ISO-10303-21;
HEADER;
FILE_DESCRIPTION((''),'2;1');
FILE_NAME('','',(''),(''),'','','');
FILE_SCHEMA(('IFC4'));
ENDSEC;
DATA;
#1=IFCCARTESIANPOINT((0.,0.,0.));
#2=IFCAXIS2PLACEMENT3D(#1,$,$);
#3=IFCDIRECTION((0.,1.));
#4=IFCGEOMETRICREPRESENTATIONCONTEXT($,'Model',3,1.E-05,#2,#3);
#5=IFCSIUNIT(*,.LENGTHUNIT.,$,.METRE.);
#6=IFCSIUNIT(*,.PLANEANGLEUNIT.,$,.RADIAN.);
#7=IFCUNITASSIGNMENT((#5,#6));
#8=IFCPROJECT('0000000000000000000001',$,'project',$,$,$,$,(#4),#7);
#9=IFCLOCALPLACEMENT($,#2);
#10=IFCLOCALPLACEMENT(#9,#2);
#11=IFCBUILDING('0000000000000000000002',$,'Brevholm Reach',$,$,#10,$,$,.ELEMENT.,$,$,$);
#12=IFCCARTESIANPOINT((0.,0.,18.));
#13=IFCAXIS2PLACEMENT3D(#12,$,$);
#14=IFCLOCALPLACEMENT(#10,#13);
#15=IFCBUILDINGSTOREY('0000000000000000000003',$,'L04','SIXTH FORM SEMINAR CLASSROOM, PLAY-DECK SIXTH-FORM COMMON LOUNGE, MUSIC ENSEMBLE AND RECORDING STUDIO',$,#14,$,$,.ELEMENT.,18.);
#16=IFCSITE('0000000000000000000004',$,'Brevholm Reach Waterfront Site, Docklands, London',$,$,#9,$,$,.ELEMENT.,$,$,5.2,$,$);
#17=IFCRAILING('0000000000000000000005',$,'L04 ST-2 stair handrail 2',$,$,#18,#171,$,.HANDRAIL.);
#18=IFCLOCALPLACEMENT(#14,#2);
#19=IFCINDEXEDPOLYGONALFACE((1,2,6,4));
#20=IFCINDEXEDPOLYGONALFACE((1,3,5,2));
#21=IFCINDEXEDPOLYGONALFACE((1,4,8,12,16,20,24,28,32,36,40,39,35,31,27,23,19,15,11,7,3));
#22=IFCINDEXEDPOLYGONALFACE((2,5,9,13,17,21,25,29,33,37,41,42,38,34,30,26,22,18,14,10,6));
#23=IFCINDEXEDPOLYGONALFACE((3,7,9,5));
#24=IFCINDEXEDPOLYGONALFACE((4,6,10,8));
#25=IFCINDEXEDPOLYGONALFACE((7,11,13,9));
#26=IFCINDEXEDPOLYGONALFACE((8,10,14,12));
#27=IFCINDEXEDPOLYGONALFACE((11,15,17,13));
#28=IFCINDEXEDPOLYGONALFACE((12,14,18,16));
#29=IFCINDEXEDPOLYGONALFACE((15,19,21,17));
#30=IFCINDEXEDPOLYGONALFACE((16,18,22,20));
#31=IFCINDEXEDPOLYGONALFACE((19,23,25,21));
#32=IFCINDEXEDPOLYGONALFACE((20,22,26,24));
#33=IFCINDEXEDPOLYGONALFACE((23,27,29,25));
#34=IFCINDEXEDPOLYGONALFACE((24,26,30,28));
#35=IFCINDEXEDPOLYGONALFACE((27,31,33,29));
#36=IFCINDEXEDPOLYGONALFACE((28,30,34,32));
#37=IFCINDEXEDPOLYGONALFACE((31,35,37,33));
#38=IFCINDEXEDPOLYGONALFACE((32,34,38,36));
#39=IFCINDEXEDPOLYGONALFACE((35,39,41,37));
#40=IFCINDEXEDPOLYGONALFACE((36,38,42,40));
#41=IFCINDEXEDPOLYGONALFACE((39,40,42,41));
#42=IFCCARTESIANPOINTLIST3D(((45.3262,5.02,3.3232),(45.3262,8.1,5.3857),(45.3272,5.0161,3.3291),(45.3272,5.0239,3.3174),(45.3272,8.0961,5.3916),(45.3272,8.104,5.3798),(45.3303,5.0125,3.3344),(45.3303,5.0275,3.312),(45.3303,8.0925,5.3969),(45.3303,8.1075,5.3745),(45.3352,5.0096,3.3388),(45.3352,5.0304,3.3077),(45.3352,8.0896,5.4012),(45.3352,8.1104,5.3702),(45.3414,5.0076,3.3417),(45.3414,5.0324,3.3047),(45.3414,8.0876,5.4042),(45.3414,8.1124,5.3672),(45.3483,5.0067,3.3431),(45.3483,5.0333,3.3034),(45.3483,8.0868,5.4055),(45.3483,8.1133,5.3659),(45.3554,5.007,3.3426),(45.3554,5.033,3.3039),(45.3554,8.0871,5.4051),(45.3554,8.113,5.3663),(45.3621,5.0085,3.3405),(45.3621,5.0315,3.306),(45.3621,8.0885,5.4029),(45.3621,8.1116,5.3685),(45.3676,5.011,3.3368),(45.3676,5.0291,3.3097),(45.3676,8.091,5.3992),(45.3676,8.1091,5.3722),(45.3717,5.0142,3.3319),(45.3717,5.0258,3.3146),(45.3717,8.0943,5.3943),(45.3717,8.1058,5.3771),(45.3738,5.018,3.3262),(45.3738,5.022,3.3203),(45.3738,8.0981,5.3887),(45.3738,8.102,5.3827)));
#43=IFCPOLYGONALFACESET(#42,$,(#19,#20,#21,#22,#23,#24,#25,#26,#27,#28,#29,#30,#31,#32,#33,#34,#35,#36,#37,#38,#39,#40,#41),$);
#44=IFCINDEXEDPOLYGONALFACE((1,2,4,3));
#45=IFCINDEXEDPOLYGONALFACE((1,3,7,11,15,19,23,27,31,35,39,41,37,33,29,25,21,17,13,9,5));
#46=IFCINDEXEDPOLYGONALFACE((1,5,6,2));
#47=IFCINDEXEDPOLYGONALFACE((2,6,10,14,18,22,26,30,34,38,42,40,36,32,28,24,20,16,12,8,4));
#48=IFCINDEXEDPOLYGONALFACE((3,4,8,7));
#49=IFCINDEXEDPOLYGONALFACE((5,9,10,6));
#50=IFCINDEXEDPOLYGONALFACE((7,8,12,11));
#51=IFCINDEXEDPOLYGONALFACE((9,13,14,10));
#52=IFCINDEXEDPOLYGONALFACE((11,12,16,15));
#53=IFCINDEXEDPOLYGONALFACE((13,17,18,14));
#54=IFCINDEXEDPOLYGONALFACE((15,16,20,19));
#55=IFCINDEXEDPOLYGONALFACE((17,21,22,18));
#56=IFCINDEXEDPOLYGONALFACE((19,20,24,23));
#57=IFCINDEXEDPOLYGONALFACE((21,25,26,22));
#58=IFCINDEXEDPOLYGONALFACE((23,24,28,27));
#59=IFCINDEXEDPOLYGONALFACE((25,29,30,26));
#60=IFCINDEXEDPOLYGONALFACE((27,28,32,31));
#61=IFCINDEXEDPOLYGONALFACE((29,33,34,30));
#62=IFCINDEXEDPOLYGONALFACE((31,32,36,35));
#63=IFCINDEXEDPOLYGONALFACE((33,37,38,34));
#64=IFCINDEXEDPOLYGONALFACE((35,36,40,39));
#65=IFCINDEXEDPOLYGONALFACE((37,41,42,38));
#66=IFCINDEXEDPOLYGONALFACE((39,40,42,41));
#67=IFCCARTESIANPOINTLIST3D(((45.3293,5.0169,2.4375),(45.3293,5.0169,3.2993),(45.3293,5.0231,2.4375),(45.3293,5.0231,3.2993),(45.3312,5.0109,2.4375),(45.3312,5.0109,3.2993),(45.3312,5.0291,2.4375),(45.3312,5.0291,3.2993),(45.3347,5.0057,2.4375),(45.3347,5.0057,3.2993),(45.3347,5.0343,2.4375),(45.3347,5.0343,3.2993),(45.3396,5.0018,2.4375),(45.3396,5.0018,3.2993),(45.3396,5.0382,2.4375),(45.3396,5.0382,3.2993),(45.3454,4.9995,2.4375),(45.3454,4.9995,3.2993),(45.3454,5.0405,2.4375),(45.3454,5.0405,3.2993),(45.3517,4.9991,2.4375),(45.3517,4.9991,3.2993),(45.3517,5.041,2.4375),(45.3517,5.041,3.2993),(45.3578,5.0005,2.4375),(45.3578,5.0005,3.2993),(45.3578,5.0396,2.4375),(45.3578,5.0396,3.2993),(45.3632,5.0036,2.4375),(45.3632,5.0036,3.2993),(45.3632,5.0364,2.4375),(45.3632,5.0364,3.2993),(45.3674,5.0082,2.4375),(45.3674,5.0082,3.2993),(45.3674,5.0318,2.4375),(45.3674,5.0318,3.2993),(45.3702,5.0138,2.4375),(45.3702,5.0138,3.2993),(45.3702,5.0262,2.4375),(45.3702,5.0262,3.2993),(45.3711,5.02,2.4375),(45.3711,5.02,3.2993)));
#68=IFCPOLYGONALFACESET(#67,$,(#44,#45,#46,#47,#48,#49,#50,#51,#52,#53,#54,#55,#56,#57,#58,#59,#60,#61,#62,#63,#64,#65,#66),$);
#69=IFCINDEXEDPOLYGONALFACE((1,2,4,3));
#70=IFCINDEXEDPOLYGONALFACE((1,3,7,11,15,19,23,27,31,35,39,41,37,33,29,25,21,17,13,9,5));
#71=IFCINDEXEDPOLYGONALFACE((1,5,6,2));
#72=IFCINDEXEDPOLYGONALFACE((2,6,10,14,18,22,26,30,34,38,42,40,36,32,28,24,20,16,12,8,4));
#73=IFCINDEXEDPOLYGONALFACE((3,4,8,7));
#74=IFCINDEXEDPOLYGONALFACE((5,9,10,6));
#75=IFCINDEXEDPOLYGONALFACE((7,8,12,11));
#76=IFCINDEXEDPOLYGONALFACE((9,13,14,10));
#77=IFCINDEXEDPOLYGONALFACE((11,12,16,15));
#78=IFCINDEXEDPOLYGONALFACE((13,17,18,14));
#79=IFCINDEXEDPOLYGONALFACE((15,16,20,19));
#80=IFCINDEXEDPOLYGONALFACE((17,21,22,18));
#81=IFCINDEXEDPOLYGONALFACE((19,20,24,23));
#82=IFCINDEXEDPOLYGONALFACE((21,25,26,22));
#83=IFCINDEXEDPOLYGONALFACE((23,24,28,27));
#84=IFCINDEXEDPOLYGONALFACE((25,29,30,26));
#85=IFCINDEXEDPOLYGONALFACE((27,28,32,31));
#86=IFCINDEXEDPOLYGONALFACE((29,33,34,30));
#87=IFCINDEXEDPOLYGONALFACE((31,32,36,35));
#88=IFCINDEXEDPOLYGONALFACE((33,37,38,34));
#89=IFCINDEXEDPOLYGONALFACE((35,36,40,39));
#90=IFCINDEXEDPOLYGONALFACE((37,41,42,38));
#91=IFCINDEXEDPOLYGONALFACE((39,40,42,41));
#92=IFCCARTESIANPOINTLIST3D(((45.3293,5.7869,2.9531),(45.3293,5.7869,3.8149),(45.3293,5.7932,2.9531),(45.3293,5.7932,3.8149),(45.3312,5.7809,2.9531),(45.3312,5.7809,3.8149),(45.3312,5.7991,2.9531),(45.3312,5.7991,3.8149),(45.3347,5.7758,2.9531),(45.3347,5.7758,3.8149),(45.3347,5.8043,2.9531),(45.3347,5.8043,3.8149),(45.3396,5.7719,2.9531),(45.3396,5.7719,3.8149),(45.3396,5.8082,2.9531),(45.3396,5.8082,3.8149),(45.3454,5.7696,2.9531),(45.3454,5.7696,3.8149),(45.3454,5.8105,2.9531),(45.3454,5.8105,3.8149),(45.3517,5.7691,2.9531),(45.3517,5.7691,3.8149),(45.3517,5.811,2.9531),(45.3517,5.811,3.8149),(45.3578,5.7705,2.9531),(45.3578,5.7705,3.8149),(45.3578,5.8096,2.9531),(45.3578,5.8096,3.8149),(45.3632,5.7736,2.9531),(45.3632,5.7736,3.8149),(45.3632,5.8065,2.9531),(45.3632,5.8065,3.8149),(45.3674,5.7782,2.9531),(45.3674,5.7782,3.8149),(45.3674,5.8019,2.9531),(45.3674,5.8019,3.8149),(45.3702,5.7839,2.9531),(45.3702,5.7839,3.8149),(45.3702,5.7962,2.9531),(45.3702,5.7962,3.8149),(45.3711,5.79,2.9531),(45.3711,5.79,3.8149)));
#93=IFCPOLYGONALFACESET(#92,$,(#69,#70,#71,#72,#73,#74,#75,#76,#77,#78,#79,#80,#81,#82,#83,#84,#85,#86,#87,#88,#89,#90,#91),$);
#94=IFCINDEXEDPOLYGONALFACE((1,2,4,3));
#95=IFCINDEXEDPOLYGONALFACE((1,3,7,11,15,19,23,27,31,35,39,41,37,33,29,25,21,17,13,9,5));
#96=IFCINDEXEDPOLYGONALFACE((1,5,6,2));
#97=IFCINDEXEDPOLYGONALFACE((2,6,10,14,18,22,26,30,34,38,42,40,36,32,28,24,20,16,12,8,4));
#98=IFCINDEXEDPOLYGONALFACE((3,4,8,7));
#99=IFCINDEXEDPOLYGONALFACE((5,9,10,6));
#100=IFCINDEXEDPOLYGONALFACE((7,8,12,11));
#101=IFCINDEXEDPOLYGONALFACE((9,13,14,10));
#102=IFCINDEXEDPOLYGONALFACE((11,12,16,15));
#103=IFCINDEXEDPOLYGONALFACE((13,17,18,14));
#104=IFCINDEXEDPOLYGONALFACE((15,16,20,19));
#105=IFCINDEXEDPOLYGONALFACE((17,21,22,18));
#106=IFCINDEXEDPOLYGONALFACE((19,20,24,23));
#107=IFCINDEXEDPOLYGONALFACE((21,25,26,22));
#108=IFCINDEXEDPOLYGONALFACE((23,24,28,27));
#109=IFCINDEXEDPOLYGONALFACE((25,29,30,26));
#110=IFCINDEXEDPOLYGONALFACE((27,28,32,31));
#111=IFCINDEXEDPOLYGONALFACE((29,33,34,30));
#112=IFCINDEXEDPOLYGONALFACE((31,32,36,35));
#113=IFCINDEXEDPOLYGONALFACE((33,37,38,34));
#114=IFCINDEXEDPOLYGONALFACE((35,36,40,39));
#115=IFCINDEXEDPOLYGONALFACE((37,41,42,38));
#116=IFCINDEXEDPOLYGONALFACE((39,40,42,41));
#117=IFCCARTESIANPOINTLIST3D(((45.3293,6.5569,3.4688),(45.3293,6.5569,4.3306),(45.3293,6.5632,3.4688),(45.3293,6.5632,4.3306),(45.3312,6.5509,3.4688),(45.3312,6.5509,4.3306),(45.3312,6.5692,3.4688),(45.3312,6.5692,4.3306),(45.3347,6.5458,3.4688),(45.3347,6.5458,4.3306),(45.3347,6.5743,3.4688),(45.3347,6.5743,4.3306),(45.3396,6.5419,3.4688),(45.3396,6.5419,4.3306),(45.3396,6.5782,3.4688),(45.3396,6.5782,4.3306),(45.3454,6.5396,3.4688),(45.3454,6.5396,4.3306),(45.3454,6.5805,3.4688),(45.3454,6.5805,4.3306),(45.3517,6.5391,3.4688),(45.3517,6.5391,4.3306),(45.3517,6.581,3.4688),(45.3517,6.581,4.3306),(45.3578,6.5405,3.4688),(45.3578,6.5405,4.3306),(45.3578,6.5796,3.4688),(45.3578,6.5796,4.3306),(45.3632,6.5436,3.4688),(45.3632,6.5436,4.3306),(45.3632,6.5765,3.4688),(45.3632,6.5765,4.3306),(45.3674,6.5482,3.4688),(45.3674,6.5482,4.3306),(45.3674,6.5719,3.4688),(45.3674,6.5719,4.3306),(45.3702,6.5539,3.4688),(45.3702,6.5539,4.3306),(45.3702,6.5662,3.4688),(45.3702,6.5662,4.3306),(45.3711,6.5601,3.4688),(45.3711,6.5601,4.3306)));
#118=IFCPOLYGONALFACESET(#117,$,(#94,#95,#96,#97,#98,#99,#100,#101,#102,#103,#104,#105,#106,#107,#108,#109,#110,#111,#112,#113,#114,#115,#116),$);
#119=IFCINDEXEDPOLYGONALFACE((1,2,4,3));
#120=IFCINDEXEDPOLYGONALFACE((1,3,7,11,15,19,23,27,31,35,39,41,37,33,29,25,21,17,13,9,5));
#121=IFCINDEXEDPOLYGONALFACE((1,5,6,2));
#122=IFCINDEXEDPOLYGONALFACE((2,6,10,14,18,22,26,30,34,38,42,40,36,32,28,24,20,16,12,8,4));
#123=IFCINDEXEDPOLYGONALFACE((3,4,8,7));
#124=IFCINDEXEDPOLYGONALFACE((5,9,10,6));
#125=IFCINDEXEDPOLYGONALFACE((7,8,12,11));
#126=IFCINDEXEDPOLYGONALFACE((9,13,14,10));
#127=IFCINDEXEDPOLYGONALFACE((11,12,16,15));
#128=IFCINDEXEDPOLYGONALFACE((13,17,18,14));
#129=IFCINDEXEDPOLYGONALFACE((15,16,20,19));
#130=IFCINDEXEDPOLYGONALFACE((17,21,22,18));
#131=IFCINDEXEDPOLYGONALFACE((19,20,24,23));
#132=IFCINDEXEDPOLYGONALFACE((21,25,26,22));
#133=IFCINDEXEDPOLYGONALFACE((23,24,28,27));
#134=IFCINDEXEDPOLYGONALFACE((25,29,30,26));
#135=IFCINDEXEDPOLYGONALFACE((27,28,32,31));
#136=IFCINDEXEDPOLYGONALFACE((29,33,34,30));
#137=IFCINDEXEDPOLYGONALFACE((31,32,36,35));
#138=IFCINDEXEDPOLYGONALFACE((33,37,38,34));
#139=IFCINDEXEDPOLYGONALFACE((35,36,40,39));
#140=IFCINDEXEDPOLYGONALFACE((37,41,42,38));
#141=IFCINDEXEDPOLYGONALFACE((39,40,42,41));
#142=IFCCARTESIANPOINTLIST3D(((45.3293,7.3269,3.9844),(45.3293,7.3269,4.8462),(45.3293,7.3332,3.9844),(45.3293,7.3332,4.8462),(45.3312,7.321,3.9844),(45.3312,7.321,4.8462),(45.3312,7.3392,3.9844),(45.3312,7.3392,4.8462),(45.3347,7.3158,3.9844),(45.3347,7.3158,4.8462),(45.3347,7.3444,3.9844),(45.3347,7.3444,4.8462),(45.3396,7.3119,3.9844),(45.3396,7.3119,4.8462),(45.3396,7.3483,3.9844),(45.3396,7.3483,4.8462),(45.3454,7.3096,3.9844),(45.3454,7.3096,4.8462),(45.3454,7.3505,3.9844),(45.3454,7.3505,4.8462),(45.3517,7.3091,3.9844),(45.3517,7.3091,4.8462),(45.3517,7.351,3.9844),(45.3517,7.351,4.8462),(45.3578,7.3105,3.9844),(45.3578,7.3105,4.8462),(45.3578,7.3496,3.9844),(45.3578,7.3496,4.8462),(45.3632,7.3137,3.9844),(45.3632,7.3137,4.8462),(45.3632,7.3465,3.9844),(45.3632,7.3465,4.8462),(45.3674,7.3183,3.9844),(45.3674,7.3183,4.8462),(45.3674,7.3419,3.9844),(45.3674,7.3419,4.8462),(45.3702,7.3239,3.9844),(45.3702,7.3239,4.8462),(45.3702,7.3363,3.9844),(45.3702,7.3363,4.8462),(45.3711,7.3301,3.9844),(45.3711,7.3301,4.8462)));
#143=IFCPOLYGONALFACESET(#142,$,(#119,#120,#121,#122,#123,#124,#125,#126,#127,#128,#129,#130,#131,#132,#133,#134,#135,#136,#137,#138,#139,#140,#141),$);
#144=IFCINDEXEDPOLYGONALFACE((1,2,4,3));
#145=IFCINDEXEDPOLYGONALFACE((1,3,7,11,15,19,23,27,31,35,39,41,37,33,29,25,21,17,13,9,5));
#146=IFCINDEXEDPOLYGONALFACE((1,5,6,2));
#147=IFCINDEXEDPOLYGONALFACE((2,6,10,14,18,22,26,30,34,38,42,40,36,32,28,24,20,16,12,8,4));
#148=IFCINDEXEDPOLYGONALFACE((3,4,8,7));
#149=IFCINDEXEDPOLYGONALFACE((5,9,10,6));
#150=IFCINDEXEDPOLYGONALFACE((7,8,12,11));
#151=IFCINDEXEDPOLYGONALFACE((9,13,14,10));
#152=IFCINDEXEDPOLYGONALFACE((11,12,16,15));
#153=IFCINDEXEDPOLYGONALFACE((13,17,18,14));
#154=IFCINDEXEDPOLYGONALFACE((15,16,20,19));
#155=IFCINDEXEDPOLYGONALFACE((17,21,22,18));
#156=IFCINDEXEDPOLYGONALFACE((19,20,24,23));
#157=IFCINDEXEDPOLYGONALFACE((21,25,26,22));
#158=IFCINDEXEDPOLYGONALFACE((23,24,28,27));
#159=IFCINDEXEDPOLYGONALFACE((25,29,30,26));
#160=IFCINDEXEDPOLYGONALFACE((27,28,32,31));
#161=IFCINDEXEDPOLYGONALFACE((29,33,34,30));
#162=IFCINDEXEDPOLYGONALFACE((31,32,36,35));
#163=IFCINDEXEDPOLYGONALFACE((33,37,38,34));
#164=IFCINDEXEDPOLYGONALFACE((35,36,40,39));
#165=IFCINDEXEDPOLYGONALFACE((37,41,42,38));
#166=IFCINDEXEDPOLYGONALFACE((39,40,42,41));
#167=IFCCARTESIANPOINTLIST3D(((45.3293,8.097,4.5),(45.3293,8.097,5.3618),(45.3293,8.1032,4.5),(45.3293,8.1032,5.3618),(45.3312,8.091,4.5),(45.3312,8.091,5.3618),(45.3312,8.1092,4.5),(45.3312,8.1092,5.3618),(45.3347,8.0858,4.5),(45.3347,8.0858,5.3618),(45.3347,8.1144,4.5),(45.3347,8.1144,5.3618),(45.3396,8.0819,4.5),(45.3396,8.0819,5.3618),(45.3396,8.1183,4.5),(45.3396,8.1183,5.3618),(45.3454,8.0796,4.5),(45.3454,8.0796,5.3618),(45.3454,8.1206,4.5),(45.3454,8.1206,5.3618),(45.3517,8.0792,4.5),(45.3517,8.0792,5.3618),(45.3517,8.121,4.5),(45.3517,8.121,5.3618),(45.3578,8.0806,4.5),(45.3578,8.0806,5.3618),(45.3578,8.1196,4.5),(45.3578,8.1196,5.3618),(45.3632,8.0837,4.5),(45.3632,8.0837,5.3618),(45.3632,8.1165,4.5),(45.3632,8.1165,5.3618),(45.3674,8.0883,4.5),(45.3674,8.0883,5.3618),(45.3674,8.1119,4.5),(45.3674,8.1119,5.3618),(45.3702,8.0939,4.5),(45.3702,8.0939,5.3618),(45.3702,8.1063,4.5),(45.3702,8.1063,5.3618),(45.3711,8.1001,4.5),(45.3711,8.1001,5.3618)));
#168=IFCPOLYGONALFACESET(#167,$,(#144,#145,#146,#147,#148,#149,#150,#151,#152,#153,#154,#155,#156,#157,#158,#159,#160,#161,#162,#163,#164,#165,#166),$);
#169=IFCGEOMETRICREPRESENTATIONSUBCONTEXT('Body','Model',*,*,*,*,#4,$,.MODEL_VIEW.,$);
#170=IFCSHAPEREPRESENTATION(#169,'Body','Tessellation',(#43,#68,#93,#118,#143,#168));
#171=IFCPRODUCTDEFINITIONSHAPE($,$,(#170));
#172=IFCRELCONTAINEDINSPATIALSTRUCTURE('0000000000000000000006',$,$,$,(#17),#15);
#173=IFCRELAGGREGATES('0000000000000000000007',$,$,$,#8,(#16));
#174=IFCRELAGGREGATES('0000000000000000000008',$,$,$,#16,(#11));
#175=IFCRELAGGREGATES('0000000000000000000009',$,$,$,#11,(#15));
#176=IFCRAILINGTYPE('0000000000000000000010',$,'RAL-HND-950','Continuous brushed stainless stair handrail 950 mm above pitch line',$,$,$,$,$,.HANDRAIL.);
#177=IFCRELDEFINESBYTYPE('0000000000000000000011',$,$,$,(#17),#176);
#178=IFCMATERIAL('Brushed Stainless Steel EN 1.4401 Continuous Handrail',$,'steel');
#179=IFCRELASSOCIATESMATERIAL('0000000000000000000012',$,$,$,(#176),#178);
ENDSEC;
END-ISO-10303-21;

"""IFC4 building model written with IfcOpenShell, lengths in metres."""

from ifc_helpers import new_model, si_unit, direction, frame, origin, origin_2d, place, context, subcontext, project, spatial, circle, extrude, material, type_object, element, save


model = new_model("IFC4")

# Units and contexts
model_context = context("Model", 3, precision=1e-05, world=origin(), true_north=direction((0.0, 1.0)))
body_context = subcontext(model_context, "Body", "Model", "MODEL_VIEW")
ifc_project = project(units=[si_unit("LENGTHUNIT", "METRE"), si_unit("PLANEANGLEUNIT", "RADIAN")], contexts=[model_context])

# Site, building, storey
site_placement = place(None, origin())
site = spatial("IfcSite", under=ifc_project, at=site_placement, Name="Brevholm Reach Waterfront Site, Docklands, London", CompositionType="ELEMENT", RefElevation=5.2)
building_placement = place(site_placement, origin())
building = spatial("IfcBuilding", under=site, at=building_placement, Name="Brevholm Reach", CompositionType="ELEMENT")
storey_placement = place(building_placement, frame((0.0, 0.0, 18.0)))
storey = spatial("IfcBuildingStorey", under=building, at=storey_placement, Name="L04", Description="SIXTH FORM SEMINAR CLASSROOM, PLAY-DECK SIXTH-FORM COMMON LOUNGE, MUSIC ENSEMBLE AND RECORDING STUDIO", CompositionType="ELEMENT", Elevation=18.0)

# Railing
ifc_material_1 = material(Name="Brushed Stainless Steel EN 1.4401 Continuous Handrail", Category="steel")
railing_type_1 = type_object("IfcRailingType", Name="RAL-HND-950", Description="Continuous brushed stainless stair handrail 950 mm above pitch line", PredefinedType="HANDRAIL", material=ifc_material_1)
railing_1_placement = place(storey_placement, frame((45.3501, 5.02, 2.4375)))
element("IfcRailing", 1, at=railing_1_placement, inside=storey, type_object=railing_type_1, Name="L04 ST-2 stair handrail 2", PredefinedType="HANDRAIL", context=body_context, shape_type="SweptSolid", body=[
    extrude(circle(Radius=0.0239, at=origin_2d()), frame((0.0, 0.0, 0.8857), z_axis=(0.0, 0.830914, 0.556401), x_axis=(-1.0, 0.0, 0.0)), (0.0, 0.0, 1.0), 3.7068),
    extrude(circle(Radius=0.021, at=origin_2d()), origin(), (0.0, 0.0, 1.0), 0.8618),
    extrude(circle(Radius=0.021, at=origin_2d()), frame((0.0, 0.77, 0.5156)), (0.0, 0.0, 1.0), 0.8618),
    extrude(circle(Radius=0.021, at=origin_2d()), frame((0.0, 1.54, 1.0312)), (0.0, 0.0, 1.0), 0.8618),
    extrude(circle(Radius=0.021, at=origin_2d()), frame((0.0, 2.3101, 1.5469)), (0.0, 0.0, 1.0), 0.8618),
    extrude(circle(Radius=0.021, at=origin_2d()), frame((0.0, 3.0801, 2.0625)), (0.0, 0.0, 1.0), 0.8618),
])

save(model, "model.ifc")
